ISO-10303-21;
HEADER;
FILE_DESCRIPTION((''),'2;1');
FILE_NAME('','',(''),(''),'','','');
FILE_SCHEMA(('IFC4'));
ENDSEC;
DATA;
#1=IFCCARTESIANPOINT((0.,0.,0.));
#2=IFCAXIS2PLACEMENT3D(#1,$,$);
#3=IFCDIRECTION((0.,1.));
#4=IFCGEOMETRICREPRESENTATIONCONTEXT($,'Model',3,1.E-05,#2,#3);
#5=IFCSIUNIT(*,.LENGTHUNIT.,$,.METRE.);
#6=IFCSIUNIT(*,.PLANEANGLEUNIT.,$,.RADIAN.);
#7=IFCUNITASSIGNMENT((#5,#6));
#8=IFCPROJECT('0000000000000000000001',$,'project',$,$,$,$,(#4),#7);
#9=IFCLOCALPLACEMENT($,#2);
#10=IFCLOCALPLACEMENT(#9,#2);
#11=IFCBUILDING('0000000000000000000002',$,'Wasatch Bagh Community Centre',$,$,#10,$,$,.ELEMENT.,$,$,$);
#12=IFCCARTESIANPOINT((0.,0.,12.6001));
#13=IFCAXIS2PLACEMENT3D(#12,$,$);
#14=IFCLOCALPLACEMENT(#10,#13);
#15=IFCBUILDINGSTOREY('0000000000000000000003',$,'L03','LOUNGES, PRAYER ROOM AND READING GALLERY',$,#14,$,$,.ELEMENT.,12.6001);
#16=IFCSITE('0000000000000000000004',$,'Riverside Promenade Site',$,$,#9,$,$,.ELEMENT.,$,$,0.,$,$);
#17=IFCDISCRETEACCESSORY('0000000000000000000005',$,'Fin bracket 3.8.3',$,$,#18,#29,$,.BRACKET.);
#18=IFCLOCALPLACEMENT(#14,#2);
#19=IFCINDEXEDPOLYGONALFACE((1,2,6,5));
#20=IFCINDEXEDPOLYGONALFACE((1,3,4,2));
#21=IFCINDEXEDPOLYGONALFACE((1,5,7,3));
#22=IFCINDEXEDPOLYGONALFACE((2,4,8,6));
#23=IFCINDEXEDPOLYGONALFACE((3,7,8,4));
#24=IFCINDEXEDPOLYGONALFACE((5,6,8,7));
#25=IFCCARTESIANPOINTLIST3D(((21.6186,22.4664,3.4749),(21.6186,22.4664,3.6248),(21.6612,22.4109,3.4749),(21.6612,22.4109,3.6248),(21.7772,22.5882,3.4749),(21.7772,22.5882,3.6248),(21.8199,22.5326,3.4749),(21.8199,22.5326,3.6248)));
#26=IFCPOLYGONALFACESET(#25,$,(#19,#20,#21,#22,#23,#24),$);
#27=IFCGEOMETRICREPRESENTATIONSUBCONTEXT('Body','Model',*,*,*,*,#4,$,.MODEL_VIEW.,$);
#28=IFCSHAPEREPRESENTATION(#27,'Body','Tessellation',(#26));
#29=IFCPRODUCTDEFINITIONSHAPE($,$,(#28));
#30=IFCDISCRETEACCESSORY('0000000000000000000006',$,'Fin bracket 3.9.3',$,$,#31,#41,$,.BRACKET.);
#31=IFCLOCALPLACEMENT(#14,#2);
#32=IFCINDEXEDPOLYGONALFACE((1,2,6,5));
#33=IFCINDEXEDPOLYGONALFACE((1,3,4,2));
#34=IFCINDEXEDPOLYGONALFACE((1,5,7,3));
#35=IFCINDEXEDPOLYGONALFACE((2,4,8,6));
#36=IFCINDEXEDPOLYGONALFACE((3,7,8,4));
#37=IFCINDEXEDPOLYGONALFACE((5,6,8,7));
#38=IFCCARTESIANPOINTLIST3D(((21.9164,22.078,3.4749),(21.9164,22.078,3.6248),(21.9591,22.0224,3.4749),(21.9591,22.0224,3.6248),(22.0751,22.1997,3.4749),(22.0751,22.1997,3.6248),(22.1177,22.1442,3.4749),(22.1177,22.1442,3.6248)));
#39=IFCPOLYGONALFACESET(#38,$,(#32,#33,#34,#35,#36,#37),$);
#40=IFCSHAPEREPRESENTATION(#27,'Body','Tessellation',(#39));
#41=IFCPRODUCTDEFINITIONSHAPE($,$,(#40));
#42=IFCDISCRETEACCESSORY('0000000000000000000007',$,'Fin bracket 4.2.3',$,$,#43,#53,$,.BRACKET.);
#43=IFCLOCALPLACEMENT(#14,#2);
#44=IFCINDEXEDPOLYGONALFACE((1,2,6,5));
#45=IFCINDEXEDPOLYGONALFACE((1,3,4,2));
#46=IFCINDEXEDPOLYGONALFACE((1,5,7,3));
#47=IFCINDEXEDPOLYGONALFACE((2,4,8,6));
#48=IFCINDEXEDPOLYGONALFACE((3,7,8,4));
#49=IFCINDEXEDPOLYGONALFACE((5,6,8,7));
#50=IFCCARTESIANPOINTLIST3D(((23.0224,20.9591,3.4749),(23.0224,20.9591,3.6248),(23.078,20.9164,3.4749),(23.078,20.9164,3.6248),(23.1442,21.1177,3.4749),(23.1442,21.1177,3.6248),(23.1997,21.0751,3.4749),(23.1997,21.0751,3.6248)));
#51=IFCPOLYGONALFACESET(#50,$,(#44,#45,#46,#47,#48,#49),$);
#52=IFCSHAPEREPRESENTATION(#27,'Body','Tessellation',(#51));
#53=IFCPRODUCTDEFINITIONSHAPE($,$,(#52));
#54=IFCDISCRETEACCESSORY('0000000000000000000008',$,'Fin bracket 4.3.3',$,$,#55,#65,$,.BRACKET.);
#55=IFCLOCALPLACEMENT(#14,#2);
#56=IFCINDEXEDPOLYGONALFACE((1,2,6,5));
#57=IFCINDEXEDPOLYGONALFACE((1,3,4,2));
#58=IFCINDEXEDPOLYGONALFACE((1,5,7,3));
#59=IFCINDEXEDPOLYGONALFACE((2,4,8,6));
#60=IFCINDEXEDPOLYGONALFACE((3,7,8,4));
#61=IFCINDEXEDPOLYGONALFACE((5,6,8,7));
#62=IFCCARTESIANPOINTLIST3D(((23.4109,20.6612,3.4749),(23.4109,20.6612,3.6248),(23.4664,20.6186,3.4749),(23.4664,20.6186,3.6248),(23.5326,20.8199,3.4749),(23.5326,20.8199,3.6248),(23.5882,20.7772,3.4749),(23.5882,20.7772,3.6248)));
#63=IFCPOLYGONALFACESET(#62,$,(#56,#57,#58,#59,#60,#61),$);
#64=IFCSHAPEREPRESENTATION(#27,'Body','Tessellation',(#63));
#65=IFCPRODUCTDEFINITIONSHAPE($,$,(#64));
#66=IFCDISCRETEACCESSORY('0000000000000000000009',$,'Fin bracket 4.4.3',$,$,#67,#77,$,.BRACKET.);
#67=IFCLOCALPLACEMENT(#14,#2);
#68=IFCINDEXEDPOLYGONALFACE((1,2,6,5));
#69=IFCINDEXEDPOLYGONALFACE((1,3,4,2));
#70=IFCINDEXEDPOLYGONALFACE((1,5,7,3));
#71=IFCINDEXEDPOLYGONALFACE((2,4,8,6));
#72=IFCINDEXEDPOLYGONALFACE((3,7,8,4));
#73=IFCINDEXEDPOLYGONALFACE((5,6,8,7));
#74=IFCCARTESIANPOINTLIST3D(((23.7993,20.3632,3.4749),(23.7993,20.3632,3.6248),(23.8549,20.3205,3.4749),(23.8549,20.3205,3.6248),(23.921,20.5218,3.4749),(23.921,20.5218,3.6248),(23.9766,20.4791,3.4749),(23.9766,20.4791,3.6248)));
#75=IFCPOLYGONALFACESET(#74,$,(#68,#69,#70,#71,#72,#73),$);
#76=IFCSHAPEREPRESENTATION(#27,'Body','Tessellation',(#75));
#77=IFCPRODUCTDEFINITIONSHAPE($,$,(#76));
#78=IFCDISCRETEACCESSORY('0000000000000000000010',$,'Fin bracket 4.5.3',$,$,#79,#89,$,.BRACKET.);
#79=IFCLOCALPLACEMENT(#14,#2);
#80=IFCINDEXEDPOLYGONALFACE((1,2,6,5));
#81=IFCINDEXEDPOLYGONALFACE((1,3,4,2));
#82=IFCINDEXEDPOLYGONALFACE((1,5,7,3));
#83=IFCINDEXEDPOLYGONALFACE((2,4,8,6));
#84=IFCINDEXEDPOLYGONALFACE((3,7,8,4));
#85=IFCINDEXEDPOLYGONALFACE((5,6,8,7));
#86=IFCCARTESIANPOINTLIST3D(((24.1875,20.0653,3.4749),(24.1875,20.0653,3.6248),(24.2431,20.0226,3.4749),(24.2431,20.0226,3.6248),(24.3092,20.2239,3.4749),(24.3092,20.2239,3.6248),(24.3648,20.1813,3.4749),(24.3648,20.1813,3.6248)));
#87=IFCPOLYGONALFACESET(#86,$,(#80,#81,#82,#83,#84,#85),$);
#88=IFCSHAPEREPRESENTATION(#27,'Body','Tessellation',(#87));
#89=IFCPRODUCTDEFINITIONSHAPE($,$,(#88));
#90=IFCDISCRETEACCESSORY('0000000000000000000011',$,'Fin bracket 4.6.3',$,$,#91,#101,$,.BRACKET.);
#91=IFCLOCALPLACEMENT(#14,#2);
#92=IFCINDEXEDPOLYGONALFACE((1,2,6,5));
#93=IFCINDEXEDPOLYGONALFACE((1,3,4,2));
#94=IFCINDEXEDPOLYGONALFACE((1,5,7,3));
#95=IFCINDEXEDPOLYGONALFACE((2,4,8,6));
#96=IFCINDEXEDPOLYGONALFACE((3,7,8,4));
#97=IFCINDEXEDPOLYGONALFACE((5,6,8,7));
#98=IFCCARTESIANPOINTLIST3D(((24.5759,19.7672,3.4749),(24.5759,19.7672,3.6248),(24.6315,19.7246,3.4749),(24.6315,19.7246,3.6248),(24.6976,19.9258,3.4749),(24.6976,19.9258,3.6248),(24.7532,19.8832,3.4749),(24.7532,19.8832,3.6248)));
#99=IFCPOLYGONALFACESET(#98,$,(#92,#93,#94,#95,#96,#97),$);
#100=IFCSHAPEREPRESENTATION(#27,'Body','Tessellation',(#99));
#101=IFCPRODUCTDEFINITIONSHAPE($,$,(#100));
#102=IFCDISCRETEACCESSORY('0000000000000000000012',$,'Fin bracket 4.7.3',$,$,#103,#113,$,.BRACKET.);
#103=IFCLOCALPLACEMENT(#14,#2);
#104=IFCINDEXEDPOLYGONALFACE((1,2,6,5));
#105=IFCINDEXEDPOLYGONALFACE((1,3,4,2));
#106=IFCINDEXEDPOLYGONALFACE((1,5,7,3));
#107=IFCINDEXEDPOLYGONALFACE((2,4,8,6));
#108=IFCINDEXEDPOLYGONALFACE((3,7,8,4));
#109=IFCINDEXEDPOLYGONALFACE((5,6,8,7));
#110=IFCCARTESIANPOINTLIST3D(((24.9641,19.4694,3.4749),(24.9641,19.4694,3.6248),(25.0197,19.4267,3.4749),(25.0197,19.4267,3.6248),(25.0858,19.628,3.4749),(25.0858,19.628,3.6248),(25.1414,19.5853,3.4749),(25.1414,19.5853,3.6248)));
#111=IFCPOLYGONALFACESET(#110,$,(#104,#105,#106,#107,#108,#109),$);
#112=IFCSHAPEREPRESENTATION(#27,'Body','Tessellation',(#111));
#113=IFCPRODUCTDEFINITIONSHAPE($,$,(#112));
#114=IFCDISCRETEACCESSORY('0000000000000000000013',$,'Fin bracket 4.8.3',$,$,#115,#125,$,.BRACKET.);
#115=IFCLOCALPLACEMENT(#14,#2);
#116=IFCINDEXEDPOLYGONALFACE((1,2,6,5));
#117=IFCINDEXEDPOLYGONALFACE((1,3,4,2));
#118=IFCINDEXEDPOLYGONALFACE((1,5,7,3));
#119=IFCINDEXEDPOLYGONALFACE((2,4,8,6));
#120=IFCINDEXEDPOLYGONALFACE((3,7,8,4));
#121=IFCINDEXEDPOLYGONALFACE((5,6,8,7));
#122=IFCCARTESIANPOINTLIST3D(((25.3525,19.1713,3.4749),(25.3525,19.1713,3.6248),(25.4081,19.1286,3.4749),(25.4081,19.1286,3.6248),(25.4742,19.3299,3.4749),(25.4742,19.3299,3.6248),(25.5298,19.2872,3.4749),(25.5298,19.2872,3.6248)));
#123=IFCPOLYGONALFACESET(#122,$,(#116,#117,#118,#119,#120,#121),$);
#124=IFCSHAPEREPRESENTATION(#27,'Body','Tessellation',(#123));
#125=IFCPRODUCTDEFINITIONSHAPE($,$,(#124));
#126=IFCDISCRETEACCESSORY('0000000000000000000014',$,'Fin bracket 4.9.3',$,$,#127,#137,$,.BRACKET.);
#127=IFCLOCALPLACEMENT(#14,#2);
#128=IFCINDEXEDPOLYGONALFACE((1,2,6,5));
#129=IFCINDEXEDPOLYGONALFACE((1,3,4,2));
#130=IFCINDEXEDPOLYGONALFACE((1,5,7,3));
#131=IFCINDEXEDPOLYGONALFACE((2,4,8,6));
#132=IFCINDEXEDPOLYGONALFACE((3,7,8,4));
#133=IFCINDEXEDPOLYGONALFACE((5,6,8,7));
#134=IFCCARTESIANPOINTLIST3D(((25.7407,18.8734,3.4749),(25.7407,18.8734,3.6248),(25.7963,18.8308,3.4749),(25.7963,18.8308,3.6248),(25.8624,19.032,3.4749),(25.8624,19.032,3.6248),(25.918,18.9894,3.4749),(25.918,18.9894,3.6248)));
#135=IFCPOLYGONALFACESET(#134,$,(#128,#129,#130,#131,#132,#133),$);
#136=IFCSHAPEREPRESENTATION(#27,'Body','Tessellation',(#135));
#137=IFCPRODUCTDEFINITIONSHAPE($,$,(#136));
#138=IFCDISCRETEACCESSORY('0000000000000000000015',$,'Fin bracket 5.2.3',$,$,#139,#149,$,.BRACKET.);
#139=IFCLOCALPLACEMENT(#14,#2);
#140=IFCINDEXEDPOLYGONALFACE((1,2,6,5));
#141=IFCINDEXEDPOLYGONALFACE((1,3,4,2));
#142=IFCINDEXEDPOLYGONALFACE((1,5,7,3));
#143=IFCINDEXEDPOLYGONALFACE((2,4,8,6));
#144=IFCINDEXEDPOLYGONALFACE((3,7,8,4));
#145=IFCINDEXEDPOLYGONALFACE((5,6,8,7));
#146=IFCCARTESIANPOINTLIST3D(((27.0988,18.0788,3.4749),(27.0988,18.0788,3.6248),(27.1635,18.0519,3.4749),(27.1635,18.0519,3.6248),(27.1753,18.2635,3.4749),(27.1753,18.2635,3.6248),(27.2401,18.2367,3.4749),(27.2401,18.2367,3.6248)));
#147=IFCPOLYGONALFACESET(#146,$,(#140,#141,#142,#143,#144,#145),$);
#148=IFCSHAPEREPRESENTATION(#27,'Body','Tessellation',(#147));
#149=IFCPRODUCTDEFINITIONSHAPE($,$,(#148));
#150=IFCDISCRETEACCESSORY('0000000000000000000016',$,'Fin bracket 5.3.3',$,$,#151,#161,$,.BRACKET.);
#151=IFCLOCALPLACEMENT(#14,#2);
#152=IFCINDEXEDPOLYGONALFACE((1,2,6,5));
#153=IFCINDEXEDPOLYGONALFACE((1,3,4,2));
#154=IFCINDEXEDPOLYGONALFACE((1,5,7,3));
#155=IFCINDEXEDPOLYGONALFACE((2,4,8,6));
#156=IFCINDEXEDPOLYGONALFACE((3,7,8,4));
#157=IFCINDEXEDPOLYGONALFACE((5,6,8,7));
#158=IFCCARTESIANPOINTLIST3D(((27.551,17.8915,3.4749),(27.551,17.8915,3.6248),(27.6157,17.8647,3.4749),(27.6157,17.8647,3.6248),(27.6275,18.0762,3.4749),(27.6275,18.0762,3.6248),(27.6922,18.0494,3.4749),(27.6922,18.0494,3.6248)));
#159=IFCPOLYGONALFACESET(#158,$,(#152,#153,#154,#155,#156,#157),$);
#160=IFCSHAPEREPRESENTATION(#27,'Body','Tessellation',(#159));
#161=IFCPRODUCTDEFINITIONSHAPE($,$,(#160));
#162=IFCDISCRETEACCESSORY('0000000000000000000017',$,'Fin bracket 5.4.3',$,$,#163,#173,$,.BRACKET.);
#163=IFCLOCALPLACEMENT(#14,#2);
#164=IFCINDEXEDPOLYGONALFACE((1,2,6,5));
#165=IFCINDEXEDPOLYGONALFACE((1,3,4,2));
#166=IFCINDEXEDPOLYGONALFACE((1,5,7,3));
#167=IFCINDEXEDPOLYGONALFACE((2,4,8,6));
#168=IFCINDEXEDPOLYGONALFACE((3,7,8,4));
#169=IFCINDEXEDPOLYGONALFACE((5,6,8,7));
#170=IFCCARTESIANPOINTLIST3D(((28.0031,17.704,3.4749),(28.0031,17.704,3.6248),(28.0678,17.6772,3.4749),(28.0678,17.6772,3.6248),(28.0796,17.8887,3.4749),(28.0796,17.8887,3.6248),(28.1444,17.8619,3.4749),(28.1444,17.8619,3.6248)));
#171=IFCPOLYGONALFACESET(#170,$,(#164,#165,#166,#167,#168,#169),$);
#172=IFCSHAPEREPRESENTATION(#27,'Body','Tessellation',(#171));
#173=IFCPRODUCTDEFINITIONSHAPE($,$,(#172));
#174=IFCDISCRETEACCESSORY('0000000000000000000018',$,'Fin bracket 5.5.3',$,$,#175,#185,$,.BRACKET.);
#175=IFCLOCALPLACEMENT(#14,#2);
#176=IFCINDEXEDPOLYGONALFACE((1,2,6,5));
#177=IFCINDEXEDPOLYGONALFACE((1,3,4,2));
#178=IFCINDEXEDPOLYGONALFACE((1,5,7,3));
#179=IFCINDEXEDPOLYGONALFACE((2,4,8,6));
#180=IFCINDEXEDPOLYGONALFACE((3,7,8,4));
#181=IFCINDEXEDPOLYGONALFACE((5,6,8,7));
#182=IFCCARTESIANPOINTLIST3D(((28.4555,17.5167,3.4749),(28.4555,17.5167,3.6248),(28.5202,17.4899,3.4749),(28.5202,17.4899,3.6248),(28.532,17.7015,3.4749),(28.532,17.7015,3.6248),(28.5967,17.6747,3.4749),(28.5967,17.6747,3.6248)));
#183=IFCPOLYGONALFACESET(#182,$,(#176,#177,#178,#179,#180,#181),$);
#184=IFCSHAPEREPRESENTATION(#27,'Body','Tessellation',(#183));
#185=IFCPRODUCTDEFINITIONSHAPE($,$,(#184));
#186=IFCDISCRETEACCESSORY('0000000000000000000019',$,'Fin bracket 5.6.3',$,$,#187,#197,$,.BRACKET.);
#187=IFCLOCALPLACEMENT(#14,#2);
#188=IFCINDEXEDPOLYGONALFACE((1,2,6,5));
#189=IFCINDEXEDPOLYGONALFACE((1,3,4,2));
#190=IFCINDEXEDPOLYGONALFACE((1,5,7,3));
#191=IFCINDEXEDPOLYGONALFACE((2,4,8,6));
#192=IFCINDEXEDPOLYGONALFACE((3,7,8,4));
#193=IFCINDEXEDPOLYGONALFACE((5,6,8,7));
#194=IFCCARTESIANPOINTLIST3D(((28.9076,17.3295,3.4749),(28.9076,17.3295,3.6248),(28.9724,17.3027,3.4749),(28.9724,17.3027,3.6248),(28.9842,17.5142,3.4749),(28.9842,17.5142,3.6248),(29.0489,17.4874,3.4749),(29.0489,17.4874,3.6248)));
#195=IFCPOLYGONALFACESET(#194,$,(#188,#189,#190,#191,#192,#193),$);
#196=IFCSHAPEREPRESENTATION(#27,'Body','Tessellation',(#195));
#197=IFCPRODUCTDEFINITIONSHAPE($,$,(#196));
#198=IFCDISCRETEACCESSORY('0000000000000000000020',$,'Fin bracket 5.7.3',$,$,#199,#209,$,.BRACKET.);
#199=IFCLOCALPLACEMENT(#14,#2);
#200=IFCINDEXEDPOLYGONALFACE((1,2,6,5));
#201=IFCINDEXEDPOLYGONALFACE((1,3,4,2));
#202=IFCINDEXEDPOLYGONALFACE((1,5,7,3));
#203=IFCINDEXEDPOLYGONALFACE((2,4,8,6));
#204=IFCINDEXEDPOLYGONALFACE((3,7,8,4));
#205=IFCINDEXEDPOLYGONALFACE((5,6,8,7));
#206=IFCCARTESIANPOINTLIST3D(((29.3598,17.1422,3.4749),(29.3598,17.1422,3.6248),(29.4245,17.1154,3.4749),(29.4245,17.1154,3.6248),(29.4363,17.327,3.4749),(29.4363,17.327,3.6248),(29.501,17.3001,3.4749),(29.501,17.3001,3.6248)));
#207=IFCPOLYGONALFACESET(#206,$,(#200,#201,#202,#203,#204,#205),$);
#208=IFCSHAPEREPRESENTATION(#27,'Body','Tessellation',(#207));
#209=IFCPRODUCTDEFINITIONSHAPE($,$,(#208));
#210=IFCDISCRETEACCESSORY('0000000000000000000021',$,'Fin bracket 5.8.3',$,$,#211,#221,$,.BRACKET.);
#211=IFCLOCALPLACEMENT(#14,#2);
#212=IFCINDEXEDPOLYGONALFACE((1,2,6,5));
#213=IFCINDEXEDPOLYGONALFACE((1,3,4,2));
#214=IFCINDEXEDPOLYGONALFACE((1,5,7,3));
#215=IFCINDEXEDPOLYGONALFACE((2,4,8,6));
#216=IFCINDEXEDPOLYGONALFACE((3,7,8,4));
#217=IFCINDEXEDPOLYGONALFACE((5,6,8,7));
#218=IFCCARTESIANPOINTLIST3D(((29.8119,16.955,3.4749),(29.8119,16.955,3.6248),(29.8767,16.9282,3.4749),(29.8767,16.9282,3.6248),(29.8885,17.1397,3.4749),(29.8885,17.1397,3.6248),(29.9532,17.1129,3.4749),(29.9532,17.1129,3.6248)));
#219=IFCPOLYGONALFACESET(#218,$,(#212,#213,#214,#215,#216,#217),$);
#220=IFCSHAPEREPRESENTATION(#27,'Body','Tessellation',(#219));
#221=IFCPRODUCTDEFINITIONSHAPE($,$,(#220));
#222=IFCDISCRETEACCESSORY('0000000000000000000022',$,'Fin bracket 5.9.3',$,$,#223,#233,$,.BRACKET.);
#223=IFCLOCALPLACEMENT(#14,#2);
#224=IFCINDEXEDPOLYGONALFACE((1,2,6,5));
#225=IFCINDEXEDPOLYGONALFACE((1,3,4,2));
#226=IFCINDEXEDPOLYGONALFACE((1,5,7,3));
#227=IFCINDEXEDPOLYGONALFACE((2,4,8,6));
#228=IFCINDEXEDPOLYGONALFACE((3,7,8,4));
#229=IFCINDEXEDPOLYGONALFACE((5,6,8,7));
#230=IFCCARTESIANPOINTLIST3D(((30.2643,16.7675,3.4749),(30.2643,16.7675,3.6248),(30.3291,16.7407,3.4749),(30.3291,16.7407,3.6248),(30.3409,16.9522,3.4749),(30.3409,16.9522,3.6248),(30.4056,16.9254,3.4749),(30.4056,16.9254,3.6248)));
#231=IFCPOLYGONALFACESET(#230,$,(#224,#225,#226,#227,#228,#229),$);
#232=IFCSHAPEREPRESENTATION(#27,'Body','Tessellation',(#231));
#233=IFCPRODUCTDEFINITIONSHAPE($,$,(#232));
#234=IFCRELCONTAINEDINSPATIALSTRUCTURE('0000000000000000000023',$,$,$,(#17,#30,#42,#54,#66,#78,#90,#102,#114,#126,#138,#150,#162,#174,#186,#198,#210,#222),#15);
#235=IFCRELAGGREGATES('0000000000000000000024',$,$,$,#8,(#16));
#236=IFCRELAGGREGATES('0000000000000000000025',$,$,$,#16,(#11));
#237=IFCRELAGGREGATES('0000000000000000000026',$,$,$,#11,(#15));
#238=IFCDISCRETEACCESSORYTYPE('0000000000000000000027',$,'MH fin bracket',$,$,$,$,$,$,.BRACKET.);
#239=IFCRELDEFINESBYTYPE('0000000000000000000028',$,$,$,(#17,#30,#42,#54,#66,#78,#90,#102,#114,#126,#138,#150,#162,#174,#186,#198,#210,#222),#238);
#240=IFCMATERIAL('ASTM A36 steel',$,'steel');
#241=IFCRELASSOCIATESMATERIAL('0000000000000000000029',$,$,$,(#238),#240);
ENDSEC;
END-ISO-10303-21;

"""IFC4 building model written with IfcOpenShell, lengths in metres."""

from ifc_helpers import new_model, si_unit, direction, frame, origin, origin_2d, place, context, subcontext, project, spatial, rectangle, extrude, material, type_object, element, save


model = new_model("IFC4")

# Units and contexts
model_context = context("Model", 3, precision=1e-05, world=origin(), true_north=direction((0.0, 1.0)))
body_context = subcontext(model_context, "Body", "Model", "MODEL_VIEW")
ifc_project = project(units=[si_unit("LENGTHUNIT", "METRE"), si_unit("PLANEANGLEUNIT", "RADIAN")], contexts=[model_context])

# Site, building, storey
site_placement = place(None, origin())
site = spatial("IfcSite", under=ifc_project, at=site_placement, Name="Riverside Promenade Site", CompositionType="ELEMENT", RefElevation=0.0)
building_placement = place(site_placement, origin())
building = spatial("IfcBuilding", under=site, at=building_placement, Name="Wasatch Bagh Community Centre", CompositionType="ELEMENT")
storey_placement = place(building_placement, frame((0.0, 0.0, 12.6001)))
storey = spatial("IfcBuildingStorey", under=building, at=storey_placement, Name="L03", Description="LOUNGES, PRAYER ROOM AND READING GALLERY", CompositionType="ELEMENT", Elevation=12.6001)

# Discrete accessories
ifc_material_1 = material(Name="ASTM A36 steel", Category="steel")
discrete_accessory_type = type_object("IfcDiscreteAccessoryType", Name="MH fin bracket", PredefinedType="BRACKET", material=ifc_material_1)
for number, where, z_axis, x_axis, name in (
    (1, (21.7192, 22.4995, 3.4749), (0.0, 0.0, 1.0), (0.608761, -0.793353, 0.0), "Fin bracket 3.8.3"),
    (2, (22.0171, 22.1111, 3.4749), (0.0, 0.0, 1.0), (0.608761, -0.793353, 0.0), "Fin bracket 3.9.3"),
    (3, (23.1111, 21.0171, 3.4749), (0.0, 0.0, 1.0), (0.793353, -0.608761, 0.0), "Fin bracket 4.2.3"),
    (4, (23.4995, 20.7192, 3.4749), (0.0, 0.0, 1.0), (0.793353, -0.608761, 0.0), "Fin bracket 4.3.3"),
    (5, (23.8879, 20.4211, 3.4749), (0.0, 0.0, 1.0), (0.793353, -0.608761, 0.0), "Fin bracket 4.4.3"),
    (6, (24.2761, 20.1233, 3.4749), (0.0, 0.0, 1.0), (0.793353, -0.608761, 0.0), "Fin bracket 4.5.3"),
    (7, (24.6646, 19.8252, 3.4749), (0.0, 0.0, 1.0), (0.793353, -0.608761, 0.0), "Fin bracket 4.6.3"),
    (8, (25.0527, 19.5273, 3.4749), (0.0, 0.0, 1.0), (0.793353, -0.608761, 0.0), "Fin bracket 4.7.3"),
    (9, (25.4412, 19.2292, 3.4749), (0.0, 0.0, 1.0), (0.793353, -0.608761, 0.0), "Fin bracket 4.8.3"),
    (10, (25.8293, 18.9314, 3.4749), (0.0, 0.0, 1.0), (0.793353, -0.608761, 0.0), "Fin bracket 4.9.3"),
    (11, (27.1694, 18.1577, 3.4749), (0.0, 0.0, 1.0), (0.92388, -0.382683, 0.0), "Fin bracket 5.2.3"),
    (12, (27.6216, 17.9705, 3.4749), (0.0, 0.0, 1.0), (0.92388, -0.382683, 0.0), "Fin bracket 5.3.3"),
    (13, (28.0737, 17.783, 3.4749), (0.0, 0.0, 1.0), (0.92388, -0.382683, 0.0), "Fin bracket 5.4.3"),
    (14, (28.5261, 17.5957, 3.4749), (0.0, 0.0, 1.0), (0.92388, -0.382683, 0.0), "Fin bracket 5.5.3"),
    (15, (28.9783, 17.4084, 3.4749), (0.0, 0.0, 1.0), (0.92388, -0.382683, 0.0), "Fin bracket 5.6.3"),
    (16, (29.4304, 17.2212, 3.4749), (0.0, 0.0, 1.0), (0.92388, -0.382683, 0.0), "Fin bracket 5.7.3"),
    (17, (29.8826, 17.0339, 3.4749), (0.0, 0.0, 1.0), (0.92388, -0.382683, 0.0), "Fin bracket 5.8.3"),
    (18, (30.335, 16.8464, 3.4749), (0.0, 0.0, 1.0), (0.92388, -0.382683, 0.0), "Fin bracket 5.9.3"),
):
    element("IfcDiscreteAccessory", number, at=place(storey_placement, frame(where, z_axis=z_axis, x_axis=x_axis)), inside=storey, type_object=discrete_accessory_type, Name=name, PredefinedType="BRACKET", context=body_context, shape_type="SweptSolid", body=[
        extrude(rectangle(XDim=0.0701, YDim=0.2, at=origin_2d()), origin(), (0.0, 0.0, 1.0), 0.1499),
    ])

save(model, "model.ifc")
